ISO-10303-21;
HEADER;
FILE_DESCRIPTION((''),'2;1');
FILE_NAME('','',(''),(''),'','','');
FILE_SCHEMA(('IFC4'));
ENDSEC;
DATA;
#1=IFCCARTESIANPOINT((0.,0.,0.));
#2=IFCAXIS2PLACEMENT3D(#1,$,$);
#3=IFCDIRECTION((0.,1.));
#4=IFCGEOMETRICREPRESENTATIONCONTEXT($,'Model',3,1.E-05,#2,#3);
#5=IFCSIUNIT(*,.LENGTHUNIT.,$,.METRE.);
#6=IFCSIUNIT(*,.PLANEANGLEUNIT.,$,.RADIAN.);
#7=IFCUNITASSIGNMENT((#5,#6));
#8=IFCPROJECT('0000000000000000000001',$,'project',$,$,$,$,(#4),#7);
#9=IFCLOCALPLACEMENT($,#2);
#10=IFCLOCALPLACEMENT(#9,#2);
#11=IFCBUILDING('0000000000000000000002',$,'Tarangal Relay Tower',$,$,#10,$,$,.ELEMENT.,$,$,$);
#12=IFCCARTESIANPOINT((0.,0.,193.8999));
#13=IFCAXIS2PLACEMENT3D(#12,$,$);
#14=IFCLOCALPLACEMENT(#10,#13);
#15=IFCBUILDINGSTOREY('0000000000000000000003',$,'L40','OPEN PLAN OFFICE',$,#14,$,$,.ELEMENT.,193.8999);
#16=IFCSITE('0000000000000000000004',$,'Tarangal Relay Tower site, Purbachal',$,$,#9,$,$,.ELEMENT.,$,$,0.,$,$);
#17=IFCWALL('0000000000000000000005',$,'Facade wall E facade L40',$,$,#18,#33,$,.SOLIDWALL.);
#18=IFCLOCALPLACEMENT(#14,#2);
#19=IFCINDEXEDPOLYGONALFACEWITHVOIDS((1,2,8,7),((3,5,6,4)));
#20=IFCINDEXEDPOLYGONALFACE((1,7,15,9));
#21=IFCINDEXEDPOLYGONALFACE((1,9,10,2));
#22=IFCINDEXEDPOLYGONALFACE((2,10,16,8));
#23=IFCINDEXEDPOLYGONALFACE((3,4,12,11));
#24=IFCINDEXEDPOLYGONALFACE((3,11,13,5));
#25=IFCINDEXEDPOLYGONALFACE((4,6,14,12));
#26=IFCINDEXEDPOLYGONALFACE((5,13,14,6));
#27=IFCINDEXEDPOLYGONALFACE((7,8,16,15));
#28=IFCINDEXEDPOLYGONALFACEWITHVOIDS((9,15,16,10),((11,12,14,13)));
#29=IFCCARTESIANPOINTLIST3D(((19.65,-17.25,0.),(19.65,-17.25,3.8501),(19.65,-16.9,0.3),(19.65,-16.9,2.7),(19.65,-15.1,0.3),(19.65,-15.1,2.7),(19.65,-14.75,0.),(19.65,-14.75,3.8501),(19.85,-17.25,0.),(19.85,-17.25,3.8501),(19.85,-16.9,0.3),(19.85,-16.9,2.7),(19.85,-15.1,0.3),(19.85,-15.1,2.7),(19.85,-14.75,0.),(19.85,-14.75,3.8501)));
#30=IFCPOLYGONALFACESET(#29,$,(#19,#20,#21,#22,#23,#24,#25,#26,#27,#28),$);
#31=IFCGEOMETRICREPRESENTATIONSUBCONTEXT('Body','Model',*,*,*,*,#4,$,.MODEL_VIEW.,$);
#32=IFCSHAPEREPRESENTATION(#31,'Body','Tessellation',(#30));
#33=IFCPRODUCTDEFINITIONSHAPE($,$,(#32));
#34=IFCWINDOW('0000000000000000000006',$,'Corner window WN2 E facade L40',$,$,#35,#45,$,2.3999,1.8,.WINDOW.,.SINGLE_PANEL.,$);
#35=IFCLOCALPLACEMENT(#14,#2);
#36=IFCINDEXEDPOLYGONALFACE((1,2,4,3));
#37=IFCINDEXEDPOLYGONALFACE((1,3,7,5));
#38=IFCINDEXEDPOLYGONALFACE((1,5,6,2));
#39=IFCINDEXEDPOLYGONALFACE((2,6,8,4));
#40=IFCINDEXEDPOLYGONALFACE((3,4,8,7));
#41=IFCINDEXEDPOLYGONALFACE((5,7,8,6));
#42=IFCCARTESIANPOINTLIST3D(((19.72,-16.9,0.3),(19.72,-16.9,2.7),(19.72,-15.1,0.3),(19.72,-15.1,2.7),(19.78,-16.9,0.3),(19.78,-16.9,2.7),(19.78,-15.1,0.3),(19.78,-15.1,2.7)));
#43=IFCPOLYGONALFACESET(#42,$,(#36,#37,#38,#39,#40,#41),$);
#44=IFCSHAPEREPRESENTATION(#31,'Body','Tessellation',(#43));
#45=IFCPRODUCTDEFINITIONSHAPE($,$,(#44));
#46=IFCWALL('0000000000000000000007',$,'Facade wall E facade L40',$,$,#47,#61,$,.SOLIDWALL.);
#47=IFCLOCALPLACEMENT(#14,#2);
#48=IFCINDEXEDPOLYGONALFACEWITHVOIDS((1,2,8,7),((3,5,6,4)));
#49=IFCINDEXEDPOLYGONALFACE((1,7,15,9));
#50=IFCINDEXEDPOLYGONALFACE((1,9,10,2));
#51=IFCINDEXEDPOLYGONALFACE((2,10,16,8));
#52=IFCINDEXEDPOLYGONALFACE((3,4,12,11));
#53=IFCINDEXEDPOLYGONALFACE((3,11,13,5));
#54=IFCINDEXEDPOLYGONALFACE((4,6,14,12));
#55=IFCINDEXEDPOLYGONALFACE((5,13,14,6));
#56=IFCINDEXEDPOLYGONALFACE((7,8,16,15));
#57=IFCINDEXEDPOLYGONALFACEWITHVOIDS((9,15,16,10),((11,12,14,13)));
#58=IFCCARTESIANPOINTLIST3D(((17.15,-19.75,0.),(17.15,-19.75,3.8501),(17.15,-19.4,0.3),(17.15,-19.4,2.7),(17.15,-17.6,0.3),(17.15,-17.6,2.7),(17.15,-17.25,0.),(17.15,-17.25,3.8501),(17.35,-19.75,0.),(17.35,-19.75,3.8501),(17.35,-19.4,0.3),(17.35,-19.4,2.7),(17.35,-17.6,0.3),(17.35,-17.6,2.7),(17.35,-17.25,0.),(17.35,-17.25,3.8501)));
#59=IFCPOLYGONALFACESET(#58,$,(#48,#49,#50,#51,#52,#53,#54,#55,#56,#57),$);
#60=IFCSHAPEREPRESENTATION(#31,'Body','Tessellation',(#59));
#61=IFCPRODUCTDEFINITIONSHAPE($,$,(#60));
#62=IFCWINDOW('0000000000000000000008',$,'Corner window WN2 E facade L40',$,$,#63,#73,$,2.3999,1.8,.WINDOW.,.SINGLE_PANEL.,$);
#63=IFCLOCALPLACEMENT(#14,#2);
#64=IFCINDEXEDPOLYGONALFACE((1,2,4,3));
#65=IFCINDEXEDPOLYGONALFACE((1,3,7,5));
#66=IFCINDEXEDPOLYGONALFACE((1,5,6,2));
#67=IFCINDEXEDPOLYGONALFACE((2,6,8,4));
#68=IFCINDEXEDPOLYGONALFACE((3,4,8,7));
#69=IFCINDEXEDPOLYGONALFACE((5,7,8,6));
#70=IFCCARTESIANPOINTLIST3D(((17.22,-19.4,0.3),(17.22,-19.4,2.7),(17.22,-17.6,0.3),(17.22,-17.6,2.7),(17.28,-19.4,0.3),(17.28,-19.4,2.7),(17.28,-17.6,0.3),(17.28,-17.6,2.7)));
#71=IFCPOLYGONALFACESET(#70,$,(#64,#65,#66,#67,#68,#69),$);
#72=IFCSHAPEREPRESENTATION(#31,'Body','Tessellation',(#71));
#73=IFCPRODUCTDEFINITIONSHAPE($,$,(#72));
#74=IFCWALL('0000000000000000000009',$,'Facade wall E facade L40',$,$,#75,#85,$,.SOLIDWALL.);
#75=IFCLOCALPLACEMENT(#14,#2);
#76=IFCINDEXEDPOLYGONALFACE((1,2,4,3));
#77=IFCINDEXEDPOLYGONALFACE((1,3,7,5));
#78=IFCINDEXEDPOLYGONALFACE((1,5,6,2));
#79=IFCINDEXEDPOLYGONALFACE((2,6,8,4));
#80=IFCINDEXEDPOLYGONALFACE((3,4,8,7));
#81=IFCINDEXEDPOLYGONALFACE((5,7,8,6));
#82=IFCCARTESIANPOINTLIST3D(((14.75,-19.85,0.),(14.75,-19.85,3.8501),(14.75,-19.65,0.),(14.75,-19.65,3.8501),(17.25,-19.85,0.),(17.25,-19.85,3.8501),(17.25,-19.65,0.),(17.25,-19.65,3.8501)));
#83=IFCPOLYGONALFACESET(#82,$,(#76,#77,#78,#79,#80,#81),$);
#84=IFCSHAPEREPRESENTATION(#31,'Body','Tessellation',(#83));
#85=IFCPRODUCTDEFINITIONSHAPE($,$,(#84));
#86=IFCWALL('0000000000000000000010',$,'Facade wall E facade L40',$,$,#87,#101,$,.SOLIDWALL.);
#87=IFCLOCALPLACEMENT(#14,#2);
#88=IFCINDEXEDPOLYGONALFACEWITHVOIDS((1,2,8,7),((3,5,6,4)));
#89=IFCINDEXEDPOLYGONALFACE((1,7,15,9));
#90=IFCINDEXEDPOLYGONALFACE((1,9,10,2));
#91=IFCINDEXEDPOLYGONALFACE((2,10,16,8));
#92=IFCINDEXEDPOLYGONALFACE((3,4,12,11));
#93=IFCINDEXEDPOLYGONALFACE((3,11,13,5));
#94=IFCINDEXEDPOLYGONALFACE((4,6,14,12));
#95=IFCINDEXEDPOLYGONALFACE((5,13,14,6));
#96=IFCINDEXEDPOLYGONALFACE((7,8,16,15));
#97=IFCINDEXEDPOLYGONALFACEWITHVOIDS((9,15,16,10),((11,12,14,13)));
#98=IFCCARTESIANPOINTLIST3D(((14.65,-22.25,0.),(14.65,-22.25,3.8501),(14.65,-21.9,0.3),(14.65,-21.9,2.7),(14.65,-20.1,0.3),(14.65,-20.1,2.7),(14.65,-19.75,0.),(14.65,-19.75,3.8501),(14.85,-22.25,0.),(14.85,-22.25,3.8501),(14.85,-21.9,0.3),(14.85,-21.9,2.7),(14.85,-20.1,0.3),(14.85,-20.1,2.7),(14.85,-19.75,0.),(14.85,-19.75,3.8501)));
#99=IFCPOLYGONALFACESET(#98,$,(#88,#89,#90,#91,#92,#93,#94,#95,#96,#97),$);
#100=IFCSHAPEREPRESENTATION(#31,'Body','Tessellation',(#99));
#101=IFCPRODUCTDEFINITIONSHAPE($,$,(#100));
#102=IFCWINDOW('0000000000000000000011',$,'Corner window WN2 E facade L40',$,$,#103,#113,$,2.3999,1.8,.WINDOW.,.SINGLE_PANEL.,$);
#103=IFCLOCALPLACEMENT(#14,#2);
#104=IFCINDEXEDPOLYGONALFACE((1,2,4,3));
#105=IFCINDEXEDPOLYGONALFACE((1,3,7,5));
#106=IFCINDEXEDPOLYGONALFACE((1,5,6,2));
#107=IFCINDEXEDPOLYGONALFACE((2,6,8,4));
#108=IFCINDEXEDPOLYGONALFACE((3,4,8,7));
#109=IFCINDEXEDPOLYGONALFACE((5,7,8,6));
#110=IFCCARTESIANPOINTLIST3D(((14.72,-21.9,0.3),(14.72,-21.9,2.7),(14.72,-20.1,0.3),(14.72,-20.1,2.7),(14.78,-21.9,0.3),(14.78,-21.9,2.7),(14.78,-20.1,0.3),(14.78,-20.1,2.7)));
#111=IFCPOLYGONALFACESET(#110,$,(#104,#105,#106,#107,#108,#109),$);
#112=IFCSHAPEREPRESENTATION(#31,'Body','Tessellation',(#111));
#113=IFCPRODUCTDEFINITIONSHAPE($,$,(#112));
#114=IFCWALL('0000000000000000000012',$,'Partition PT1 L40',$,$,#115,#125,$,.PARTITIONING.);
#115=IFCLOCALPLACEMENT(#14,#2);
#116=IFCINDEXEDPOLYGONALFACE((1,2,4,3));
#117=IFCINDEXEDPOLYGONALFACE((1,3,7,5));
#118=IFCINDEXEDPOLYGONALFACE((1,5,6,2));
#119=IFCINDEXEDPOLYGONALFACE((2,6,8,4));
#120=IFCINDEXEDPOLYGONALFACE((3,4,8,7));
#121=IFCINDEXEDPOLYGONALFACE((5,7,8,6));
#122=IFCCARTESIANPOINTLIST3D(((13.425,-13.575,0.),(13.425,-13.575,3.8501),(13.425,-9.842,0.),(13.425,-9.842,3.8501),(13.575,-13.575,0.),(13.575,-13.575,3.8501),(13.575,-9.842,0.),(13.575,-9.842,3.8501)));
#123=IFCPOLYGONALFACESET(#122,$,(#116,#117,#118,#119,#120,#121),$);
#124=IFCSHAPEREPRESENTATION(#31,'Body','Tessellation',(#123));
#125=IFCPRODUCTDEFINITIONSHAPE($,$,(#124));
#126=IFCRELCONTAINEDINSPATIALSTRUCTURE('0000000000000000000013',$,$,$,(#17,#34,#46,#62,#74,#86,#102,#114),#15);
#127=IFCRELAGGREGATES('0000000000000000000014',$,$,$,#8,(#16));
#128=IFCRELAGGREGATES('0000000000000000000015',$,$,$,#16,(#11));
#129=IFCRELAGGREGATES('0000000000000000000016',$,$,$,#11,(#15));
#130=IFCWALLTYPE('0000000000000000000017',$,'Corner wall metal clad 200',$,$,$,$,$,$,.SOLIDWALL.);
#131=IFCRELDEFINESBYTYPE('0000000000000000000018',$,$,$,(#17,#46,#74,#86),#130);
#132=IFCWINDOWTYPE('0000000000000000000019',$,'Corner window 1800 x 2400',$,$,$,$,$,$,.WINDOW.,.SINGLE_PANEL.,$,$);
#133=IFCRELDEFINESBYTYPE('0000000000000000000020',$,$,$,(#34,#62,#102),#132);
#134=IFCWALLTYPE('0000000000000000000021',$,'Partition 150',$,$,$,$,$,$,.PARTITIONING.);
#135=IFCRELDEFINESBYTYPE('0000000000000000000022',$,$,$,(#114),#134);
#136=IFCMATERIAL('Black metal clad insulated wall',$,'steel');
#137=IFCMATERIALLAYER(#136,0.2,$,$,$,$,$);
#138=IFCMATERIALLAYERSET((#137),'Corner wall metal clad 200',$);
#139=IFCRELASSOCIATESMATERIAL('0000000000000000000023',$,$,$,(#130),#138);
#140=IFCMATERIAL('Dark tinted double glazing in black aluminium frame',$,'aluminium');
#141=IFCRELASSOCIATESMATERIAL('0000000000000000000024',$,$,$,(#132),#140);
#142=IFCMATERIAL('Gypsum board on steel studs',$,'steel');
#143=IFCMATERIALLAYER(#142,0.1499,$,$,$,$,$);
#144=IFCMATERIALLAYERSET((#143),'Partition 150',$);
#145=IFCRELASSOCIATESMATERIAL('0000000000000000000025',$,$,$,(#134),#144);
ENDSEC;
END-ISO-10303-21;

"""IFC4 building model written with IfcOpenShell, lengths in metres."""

from ifc_helpers import new_model, si_unit, direction, frame, frame_2d, origin, place, context, subcontext, project, spatial, rectangle, extrude, material, layer, layer_set, type_object, element, fill, save


model = new_model("IFC4")

# Units and contexts
model_context = context("Model", 3, precision=1e-05, world=origin(), true_north=direction((0.0, 1.0)))
body_context = subcontext(model_context, "Body", "Model", "MODEL_VIEW")
ifc_project = project(units=[si_unit("LENGTHUNIT", "METRE"), si_unit("PLANEANGLEUNIT", "RADIAN")], contexts=[model_context])

# Site, building, storey
site_placement = place(None, origin())
site = spatial("IfcSite", under=ifc_project, at=site_placement, Name="Tarangal Relay Tower site, Purbachal", CompositionType="ELEMENT", RefElevation=0.0)
building_placement = place(site_placement, origin())
building = spatial("IfcBuilding", under=site, at=building_placement, Name="Tarangal Relay Tower", CompositionType="ELEMENT")
storey_placement = place(building_placement, frame((0.0, 0.0, 193.8999)))
storey = spatial("IfcBuildingStorey", under=building, at=storey_placement, Name="L40", Description="OPEN PLAN OFFICE", CompositionType="ELEMENT", Elevation=193.8999)

# Shared definitions
ifc_material_1 = material(Name="Black metal clad insulated wall", Category="steel")
ifc_layer_1 = layer(ifc_material_1, 0.2)
ifc_layer_set_1 = layer_set([ifc_layer_1], Name="Corner wall metal clad 200")
wall_type_1 = type_object("IfcWallType", Name="Corner wall metal clad 200", PredefinedType="SOLIDWALL", material=ifc_layer_set_1)

# Wall, opening, window
wall_1_placement = place(storey_placement, frame((19.75, -14.75, 0.0), z_axis=(0.0, 0.0, 1.0), x_axis=(0.0, -1.0, 0.0)))
wall_1 = element("IfcWall", 1, at=wall_1_placement, inside=storey, type_object=wall_type_1, Name="Facade wall E facade L40", PredefinedType="SOLIDWALL", context=body_context, shape_type="SweptSolid", body=[
    extrude(rectangle(XDim=2.5, YDim=0.2, at=frame_2d((1.25, 0.0))), origin(), (0.0, 0.0, 1.0), 3.8501),
])
opening_1_placement = place(wall_1_placement, frame((0.3501, 0.0, 0.3)))
opening_1 = element("IfcOpeningElement", 2, at=opening_1_placement, cuts=wall_1, PredefinedType="OPENING", context=body_context, shape_type="SweptSolid", body=[
    extrude(rectangle(XDim=1.8, YDim=2.3999, at=frame_2d((0.8999, 1.2))), frame((0.0, 0.1099, 0.0), z_axis=(0.0, -1.0, 0.0), x_axis=(1.0, 0.0, 0.0)), (0.0, 0.0, 1.0), 0.22),
])
ifc_material_2 = material(Name="Dark tinted double glazing in black aluminium frame", Category="aluminium")
window_type = type_object("IfcWindowType", Name="Corner window 1800 x 2400", PartitioningType="SINGLE_PANEL", PredefinedType="WINDOW", material=ifc_material_2)
window_1_placement = place(opening_1_placement, origin())
window_1 = element("IfcWindow", 3, at=window_1_placement, inside=storey, type_object=window_type, Name="Corner window WN2 E facade L40", OverallHeight=2.3999, OverallWidth=1.8, PartitioningType="SINGLE_PANEL", PredefinedType="WINDOW", context=body_context, shape_type="SweptSolid", body=[
    extrude(rectangle(XDim=1.8, YDim=2.3999, at=frame_2d((0.8999, 1.2))), frame((0.0, 0.03, 0.0), z_axis=(0.0, -1.0, 0.0), x_axis=(1.0, 0.0, 0.0)), (0.0, 0.0, 1.0), 0.0601),
])
fill(opening_1, window_1)

# Wall, opening, window
wall_2_placement = place(storey_placement, frame((17.25, -17.25, 0.0), z_axis=(0.0, 0.0, 1.0), x_axis=(0.0, -1.0, 0.0)))
wall_2 = element("IfcWall", 4, at=wall_2_placement, inside=storey, type_object=wall_type_1, Name="Facade wall E facade L40", PredefinedType="SOLIDWALL", context=body_context, shape_type="SweptSolid", body=[
    extrude(rectangle(XDim=2.5, YDim=0.2, at=frame_2d((1.25, 0.0))), origin(), (0.0, 0.0, 1.0), 3.8501),
])
opening_2_placement = place(wall_2_placement, frame((0.3501, 0.0, 0.3)))
opening_2 = element("IfcOpeningElement", 5, at=opening_2_placement, cuts=wall_2, PredefinedType="OPENING", context=body_context, shape_type="SweptSolid", body=[
    extrude(rectangle(XDim=1.8, YDim=2.3999, at=frame_2d((0.8999, 1.2))), frame((0.0, 0.1099, 0.0), z_axis=(0.0, -1.0, 0.0), x_axis=(1.0, 0.0, 0.0)), (0.0, 0.0, 1.0), 0.22),
])
window_2_placement = place(opening_2_placement, origin())
window_2 = element("IfcWindow", 6, at=window_2_placement, inside=storey, type_object=window_type, Name="Corner window WN2 E facade L40", OverallHeight=2.3999, OverallWidth=1.8, PartitioningType="SINGLE_PANEL", PredefinedType="WINDOW", context=body_context, shape_type="SweptSolid", body=[
    extrude(rectangle(XDim=1.8, YDim=2.3999, at=frame_2d((0.8999, 1.2))), frame((0.0, 0.03, 0.0), z_axis=(0.0, -1.0, 0.0), x_axis=(1.0, 0.0, 0.0)), (0.0, 0.0, 1.0), 0.0601),
])
fill(opening_2, window_2)

# Wall
wall_3_placement = place(storey_placement, frame((17.25, -19.75, 0.0), z_axis=(0.0, 0.0, 1.0), x_axis=(-1.0, 0.0, 0.0)))
element("IfcWall", 7, at=wall_3_placement, inside=storey, type_object=wall_type_1, Name="Facade wall E facade L40", PredefinedType="SOLIDWALL", context=body_context, shape_type="SweptSolid", body=[
    extrude(rectangle(XDim=2.5, YDim=0.2, at=frame_2d((1.25, 0.0))), origin(), (0.0, 0.0, 1.0), 3.8501),
])

# Wall, opening, window
wall_4_placement = place(storey_placement, frame((14.75, -19.75, 0.0), z_axis=(0.0, 0.0, 1.0), x_axis=(0.0, -1.0, 0.0)))
wall_4 = element("IfcWall", 8, at=wall_4_placement, inside=storey, type_object=wall_type_1, Name="Facade wall E facade L40", PredefinedType="SOLIDWALL", context=body_context, shape_type="SweptSolid", body=[
    extrude(rectangle(XDim=2.5, YDim=0.2, at=frame_2d((1.25, 0.0))), origin(), (0.0, 0.0, 1.0), 3.8501),
])
opening_3_placement = place(wall_4_placement, frame((0.3501, 0.0, 0.3)))
opening_3 = element("IfcOpeningElement", 9, at=opening_3_placement, cuts=wall_4, PredefinedType="OPENING", context=body_context, shape_type="SweptSolid", body=[
    extrude(rectangle(XDim=1.8, YDim=2.3999, at=frame_2d((0.8999, 1.2))), frame((0.0, 0.1099, 0.0), z_axis=(0.0, -1.0, 0.0), x_axis=(1.0, 0.0, 0.0)), (0.0, 0.0, 1.0), 0.22),
])
window_3_placement = place(opening_3_placement, origin())
window_3 = element("IfcWindow", 10, at=window_3_placement, inside=storey, type_object=window_type, Name="Corner window WN2 E facade L40", OverallHeight=2.3999, OverallWidth=1.8, PartitioningType="SINGLE_PANEL", PredefinedType="WINDOW", context=body_context, shape_type="SweptSolid", body=[
    extrude(rectangle(XDim=1.8, YDim=2.3999, at=frame_2d((0.8999, 1.2))), frame((0.0, 0.03, 0.0), z_axis=(0.0, -1.0, 0.0), x_axis=(1.0, 0.0, 0.0)), (0.0, 0.0, 1.0), 0.0601),
])
fill(opening_3, window_3)

# Wall
ifc_material_3 = material(Name="Gypsum board on steel studs", Category="steel")
ifc_layer_2 = layer(ifc_material_3, 0.1499)
ifc_layer_set_2 = layer_set([ifc_layer_2], Name="Partition 150")
wall_type_2 = type_object("IfcWallType", Name="Partition 150", PredefinedType="PARTITIONING", material=ifc_layer_set_2)
wall_5_placement = place(storey_placement, frame((13.5, -13.575, 0.0), z_axis=(0.0, 0.0, 1.0), x_axis=(0.0, 1.0, 0.0)))
element("IfcWall", 11, at=wall_5_placement, inside=storey, type_object=wall_type_2, Name="Partition PT1 L40", PredefinedType="PARTITIONING", context=body_context, shape_type="SweptSolid", body=[
    extrude(rectangle(XDim=3.7329, YDim=0.1499, at=frame_2d((1.8665, 0.0))), origin(), (0.0, 0.0, 1.0), 3.8501),
])

save(model, "model.ifc")
